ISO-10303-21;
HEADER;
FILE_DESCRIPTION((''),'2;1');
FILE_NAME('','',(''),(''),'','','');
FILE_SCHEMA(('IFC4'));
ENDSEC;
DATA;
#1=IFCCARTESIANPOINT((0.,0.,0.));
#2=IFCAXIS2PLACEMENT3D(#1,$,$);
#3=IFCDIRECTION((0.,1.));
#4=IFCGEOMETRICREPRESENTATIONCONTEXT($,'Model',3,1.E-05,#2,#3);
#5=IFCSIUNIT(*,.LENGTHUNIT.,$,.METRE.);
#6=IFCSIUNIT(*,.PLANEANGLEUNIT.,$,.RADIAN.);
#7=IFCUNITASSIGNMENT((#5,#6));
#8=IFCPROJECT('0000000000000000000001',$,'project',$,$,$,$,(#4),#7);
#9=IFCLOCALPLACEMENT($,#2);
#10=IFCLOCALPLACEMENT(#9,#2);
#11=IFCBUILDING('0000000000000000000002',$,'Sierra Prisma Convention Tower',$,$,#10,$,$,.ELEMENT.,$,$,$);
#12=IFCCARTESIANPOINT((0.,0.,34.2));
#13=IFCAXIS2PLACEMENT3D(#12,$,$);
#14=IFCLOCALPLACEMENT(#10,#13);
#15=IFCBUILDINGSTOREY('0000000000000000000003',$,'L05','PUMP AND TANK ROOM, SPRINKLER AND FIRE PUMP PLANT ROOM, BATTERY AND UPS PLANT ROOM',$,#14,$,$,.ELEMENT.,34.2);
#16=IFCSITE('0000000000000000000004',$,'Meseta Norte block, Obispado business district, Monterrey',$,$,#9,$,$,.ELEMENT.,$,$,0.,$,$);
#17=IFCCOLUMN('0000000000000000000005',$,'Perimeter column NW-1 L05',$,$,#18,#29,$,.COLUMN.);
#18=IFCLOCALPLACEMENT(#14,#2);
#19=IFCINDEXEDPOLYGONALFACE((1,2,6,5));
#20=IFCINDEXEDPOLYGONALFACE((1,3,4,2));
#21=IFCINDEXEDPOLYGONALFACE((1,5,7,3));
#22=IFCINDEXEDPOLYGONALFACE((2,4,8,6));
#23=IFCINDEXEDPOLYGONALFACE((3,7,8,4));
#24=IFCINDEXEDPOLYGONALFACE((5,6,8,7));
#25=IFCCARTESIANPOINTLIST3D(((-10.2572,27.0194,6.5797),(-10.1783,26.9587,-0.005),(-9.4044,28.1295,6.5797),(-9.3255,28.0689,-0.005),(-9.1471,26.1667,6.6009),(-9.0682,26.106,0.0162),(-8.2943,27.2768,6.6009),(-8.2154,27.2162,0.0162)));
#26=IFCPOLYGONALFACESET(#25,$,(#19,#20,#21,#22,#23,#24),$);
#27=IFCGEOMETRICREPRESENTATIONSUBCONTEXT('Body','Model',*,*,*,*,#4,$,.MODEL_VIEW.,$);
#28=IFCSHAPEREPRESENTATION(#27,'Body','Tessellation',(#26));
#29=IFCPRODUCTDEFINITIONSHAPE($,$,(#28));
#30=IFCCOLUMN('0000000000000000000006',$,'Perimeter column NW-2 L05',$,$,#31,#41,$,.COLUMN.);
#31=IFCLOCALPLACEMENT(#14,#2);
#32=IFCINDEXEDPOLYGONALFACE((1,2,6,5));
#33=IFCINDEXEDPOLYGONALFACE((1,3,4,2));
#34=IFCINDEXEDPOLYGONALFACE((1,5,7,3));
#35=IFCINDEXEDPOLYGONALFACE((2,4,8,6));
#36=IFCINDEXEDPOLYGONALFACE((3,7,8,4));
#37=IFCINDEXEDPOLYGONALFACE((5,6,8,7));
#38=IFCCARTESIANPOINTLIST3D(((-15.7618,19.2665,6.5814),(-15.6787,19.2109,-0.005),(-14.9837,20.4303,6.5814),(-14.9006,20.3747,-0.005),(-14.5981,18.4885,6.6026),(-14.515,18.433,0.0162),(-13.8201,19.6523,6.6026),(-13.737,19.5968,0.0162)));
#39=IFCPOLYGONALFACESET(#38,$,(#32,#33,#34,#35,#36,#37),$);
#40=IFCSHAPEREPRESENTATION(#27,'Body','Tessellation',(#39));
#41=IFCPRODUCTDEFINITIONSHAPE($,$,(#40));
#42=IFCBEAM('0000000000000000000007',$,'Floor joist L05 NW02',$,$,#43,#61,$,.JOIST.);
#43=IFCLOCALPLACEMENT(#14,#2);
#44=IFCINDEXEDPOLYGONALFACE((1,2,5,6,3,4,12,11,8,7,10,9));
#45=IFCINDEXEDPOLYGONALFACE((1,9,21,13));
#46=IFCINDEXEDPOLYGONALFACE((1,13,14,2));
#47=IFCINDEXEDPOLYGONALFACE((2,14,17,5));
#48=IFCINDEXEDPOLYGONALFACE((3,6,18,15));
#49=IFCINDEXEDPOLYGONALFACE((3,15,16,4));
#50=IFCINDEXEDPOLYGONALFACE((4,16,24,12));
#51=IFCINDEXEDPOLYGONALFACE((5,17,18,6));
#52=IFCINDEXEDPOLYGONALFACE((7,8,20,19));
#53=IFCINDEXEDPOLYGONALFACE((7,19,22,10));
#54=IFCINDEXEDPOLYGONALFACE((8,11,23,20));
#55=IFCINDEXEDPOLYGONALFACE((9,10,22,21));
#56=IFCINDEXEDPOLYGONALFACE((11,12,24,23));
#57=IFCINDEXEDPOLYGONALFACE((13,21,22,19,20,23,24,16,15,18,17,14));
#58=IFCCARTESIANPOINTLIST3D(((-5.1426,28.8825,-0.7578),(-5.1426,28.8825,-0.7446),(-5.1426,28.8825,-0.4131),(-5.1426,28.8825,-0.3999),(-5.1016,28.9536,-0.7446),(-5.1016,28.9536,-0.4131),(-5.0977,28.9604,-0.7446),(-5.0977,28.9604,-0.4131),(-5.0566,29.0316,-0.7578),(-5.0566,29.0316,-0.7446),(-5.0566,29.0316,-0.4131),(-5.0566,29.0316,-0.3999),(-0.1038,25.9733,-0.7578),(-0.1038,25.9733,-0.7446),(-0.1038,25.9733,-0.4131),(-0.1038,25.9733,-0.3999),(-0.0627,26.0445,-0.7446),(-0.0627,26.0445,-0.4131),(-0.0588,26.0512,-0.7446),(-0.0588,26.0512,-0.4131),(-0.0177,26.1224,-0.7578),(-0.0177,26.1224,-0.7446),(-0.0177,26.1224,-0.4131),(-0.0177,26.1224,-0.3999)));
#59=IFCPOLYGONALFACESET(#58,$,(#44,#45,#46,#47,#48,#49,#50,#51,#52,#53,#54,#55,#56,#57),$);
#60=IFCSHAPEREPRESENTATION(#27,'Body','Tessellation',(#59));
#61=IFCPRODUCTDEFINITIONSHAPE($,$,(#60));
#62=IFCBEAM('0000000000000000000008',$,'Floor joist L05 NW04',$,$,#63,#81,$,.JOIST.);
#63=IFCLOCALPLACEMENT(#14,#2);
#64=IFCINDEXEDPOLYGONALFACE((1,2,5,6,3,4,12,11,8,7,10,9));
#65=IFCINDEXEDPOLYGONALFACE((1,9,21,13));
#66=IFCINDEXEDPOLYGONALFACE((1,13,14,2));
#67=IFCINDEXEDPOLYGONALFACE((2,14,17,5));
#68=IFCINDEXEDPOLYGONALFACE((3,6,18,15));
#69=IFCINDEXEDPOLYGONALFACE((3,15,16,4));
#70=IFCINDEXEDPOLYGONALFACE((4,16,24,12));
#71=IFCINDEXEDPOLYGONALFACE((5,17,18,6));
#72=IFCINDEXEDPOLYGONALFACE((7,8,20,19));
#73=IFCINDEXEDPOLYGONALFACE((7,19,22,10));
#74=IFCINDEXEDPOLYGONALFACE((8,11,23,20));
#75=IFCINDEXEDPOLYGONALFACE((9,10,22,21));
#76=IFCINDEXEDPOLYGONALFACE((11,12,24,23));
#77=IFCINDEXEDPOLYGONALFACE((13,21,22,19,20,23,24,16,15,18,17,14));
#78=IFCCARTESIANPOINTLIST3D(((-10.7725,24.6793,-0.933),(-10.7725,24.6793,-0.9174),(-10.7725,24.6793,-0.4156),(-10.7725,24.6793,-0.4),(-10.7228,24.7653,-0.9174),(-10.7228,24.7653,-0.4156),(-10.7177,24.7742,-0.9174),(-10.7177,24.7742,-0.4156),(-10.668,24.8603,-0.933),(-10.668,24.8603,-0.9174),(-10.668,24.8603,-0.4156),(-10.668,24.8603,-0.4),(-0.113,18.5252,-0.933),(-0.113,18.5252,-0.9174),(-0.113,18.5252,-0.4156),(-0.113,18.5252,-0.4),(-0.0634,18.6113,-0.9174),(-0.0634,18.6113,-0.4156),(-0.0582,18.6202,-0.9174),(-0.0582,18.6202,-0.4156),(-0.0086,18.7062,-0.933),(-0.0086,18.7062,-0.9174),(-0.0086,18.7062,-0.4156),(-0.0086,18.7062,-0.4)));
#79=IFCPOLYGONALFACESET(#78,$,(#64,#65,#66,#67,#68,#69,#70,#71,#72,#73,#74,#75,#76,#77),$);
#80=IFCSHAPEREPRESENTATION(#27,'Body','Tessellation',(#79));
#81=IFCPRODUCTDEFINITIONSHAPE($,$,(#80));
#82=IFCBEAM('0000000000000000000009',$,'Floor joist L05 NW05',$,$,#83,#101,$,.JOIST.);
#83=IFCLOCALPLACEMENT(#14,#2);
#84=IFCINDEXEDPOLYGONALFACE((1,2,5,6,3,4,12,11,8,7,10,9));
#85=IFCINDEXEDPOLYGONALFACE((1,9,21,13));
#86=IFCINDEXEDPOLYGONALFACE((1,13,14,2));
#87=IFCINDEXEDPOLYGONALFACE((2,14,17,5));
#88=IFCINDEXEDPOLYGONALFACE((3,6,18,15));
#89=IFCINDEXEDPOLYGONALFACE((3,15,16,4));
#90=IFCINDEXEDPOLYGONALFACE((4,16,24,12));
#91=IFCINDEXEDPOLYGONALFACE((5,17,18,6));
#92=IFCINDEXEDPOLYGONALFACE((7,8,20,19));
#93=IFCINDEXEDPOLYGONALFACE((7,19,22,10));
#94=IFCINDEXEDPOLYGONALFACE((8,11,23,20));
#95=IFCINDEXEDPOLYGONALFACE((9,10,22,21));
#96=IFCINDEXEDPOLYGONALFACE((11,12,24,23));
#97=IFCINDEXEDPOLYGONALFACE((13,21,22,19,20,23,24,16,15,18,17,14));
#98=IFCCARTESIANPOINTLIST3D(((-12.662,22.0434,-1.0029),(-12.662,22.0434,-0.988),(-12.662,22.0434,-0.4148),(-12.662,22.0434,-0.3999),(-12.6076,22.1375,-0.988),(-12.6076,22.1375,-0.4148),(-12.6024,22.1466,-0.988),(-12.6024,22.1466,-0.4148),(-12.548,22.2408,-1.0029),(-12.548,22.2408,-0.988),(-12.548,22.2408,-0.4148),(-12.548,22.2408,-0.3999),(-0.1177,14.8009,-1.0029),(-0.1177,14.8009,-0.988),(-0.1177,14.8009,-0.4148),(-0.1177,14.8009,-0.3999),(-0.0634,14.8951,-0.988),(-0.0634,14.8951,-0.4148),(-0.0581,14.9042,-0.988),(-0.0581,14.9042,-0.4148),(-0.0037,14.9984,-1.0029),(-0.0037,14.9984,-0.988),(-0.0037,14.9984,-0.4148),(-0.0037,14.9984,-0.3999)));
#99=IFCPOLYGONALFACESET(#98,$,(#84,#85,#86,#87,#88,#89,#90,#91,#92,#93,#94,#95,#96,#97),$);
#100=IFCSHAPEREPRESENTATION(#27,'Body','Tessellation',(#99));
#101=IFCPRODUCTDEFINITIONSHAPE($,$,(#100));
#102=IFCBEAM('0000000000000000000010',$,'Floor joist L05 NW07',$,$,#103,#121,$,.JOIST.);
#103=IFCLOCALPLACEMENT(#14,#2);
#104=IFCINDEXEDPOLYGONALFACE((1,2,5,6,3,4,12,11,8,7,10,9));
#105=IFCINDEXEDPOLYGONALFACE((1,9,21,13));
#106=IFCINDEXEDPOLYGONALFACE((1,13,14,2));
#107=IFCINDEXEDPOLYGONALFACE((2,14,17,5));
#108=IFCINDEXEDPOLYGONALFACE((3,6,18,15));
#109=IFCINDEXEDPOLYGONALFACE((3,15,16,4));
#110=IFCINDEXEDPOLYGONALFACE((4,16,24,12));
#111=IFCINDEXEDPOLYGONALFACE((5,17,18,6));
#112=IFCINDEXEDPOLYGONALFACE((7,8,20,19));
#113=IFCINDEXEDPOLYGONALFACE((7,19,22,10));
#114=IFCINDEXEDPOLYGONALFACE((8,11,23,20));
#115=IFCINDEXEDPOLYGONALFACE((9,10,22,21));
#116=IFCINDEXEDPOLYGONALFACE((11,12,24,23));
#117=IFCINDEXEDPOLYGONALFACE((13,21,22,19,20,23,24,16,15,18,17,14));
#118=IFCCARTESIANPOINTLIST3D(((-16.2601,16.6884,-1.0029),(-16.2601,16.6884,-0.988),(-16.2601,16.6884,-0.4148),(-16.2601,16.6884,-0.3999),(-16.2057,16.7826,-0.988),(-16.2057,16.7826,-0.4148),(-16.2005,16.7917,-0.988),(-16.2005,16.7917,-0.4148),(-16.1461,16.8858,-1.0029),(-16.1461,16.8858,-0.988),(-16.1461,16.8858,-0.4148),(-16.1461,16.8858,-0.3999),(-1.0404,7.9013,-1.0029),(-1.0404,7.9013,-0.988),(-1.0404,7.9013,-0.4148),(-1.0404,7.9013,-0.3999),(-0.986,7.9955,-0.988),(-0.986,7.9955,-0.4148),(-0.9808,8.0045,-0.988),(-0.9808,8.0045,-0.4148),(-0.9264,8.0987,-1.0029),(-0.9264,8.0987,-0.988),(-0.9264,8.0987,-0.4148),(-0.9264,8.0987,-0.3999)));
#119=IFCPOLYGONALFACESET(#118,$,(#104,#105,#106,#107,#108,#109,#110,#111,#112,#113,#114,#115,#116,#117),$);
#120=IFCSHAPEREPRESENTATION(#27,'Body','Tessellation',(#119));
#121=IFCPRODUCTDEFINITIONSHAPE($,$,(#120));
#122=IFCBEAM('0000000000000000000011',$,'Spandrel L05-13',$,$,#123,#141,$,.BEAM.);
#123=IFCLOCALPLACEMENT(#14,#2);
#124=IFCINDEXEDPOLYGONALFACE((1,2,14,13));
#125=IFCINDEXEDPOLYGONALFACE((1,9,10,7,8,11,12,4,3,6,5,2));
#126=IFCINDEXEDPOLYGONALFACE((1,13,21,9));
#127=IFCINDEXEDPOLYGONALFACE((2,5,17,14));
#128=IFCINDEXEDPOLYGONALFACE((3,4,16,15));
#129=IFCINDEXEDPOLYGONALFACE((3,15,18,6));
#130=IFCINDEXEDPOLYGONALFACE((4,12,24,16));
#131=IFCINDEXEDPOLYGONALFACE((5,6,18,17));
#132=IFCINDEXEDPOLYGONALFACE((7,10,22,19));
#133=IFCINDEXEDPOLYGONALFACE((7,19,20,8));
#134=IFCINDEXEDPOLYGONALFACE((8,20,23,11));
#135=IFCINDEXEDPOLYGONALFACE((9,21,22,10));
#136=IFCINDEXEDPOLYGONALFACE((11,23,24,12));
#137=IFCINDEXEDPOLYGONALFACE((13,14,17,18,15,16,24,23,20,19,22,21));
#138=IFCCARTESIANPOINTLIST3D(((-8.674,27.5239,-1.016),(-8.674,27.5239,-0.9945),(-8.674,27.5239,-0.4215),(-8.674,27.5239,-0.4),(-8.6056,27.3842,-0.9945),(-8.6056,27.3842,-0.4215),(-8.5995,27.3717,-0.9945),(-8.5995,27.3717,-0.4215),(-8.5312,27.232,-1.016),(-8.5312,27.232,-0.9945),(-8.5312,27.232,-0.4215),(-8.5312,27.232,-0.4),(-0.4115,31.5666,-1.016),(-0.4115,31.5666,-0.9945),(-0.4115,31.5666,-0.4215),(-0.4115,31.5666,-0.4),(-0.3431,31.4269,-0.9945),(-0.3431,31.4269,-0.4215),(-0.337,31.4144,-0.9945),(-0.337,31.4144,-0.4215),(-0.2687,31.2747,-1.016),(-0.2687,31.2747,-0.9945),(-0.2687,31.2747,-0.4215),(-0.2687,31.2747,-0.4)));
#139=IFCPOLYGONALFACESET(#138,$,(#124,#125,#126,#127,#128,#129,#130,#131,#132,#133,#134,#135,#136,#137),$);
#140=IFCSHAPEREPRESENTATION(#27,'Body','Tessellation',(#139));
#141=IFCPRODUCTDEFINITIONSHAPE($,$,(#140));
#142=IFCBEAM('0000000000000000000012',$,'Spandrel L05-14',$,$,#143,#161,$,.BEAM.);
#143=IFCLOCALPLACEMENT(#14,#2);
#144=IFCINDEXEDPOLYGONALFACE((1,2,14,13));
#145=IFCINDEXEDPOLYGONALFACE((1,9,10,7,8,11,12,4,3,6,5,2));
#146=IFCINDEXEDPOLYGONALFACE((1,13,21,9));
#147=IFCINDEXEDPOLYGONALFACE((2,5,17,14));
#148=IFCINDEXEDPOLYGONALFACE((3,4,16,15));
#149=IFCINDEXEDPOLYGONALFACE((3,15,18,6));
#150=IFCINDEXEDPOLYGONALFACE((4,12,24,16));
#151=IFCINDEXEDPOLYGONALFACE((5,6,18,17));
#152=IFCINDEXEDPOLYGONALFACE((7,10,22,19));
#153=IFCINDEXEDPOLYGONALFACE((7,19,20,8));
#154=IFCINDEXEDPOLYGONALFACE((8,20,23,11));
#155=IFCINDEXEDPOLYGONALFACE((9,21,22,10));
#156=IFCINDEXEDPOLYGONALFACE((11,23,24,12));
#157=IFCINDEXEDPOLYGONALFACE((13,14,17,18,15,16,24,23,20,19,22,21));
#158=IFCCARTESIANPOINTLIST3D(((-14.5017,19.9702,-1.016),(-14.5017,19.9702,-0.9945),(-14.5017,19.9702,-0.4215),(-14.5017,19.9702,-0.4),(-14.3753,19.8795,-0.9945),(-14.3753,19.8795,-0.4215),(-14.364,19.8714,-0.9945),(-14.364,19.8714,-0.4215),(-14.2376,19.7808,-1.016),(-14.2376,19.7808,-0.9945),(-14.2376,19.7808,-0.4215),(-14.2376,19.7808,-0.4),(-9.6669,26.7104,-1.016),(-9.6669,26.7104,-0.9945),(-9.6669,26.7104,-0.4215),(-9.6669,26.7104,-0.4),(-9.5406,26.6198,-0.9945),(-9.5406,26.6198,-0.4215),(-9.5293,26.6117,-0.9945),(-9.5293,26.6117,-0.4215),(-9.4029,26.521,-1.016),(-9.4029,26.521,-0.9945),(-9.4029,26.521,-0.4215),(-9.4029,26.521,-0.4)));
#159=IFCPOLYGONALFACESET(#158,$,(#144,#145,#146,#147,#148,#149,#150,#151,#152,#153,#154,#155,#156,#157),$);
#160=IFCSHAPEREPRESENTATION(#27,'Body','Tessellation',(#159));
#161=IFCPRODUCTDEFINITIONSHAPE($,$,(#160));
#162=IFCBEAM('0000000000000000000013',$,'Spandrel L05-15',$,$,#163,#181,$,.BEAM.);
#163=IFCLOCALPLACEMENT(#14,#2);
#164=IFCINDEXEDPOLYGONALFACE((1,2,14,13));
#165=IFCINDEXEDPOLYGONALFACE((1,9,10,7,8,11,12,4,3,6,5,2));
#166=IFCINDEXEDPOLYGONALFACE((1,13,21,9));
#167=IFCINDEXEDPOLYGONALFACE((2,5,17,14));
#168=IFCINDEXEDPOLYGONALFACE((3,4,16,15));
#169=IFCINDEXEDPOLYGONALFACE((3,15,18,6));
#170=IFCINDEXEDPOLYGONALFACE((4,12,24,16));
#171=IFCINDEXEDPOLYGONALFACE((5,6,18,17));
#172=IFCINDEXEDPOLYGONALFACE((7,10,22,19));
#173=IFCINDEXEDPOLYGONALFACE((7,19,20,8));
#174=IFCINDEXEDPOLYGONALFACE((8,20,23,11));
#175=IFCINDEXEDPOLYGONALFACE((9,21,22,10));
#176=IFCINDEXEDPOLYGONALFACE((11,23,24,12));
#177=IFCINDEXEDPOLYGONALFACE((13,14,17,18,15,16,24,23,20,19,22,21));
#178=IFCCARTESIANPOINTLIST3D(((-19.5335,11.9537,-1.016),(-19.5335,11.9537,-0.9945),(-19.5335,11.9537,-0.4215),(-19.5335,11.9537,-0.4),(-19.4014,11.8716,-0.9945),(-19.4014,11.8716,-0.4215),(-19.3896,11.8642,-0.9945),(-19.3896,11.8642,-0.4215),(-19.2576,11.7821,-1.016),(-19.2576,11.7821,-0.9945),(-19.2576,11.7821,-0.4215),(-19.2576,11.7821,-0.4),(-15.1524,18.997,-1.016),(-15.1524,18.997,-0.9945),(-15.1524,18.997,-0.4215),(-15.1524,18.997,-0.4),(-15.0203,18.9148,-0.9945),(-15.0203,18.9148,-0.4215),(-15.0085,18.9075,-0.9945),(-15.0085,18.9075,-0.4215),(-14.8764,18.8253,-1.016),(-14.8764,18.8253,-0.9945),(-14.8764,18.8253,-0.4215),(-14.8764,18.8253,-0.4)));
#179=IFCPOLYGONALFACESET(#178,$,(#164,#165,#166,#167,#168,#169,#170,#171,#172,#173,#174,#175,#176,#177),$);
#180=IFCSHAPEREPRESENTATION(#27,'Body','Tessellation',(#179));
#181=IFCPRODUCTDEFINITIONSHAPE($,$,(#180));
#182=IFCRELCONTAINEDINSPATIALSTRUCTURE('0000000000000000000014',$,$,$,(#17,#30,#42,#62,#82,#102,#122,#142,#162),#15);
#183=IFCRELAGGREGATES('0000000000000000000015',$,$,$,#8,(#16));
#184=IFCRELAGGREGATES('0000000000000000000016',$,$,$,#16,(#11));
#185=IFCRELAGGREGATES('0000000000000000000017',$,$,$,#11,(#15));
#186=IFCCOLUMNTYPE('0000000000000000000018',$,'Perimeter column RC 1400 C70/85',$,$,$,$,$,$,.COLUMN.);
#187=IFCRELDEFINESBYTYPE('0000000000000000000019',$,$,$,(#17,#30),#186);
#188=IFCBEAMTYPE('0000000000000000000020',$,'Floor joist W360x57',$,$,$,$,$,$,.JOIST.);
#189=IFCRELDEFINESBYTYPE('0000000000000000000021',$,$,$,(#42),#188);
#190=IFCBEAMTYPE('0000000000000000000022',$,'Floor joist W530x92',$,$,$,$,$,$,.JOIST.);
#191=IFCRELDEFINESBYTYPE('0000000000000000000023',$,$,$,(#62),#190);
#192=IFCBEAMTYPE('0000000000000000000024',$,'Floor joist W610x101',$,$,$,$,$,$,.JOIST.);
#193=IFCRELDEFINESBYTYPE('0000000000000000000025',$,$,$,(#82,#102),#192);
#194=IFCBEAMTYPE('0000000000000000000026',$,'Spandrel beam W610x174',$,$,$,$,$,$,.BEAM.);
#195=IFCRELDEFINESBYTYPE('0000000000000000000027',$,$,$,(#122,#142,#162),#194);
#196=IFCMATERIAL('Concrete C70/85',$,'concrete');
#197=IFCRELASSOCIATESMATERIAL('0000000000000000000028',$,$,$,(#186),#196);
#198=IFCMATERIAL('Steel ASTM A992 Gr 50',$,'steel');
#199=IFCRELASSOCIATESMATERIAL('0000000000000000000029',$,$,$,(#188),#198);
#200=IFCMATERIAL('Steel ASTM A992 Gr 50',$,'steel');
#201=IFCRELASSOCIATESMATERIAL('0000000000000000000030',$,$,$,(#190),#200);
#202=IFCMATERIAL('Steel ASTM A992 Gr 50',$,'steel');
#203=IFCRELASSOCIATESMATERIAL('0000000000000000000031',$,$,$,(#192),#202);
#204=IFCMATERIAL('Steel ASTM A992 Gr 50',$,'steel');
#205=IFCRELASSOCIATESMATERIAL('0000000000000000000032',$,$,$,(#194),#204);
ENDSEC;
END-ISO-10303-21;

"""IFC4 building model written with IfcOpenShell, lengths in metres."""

from ifc_helpers import new_model, si_unit, direction, frame, origin, origin_2d, place, context, subcontext, project, spatial, rectangle, i_section, extrude, clip, halfspace, material, material_profile, profile_set, type_object, element, save


model = new_model("IFC4")

# Units and contexts
model_context = context("Model", 3, precision=1e-05, world=origin(), true_north=direction((0.0, 1.0)))
body_context = subcontext(model_context, "Body", "Model", "MODEL_VIEW")
ifc_project = project(units=[si_unit("LENGTHUNIT", "METRE"), si_unit("PLANEANGLEUNIT", "RADIAN")], contexts=[model_context])

# Site, building, storey
site_placement = place(None, origin())
site = spatial("IfcSite", under=ifc_project, at=site_placement, Name="Meseta Norte block, Obispado business district, Monterrey", CompositionType="ELEMENT", RefElevation=0.0)
building_placement = place(site_placement, origin())
building = spatial("IfcBuilding", under=site, at=building_placement, Name="Sierra Prisma Convention Tower", CompositionType="ELEMENT")
storey_placement = place(building_placement, frame((0.0, 0.0, 34.2)))
storey = spatial("IfcBuildingStorey", under=building, at=storey_placement, Name="L05", Description="PUMP AND TANK ROOM, SPRINKLER AND FIRE PUMP PLANT ROOM, BATTERY AND UPS PLANT ROOM", CompositionType="ELEMENT", Elevation=34.2)

# Columns
ifc_material_1 = material(Name="Concrete C70/85", Category="concrete")
ifc_material_profile_1 = material_profile(ifc_material_1, rectangle(XDim=1.3999, YDim=1.3999, at=origin_2d()), Name="Perimeter column RC 1400 C70/85")
ifc_profile_set_1 = profile_set([ifc_material_profile_1], Name="Concrete C70/85")
column_type = type_object("IfcColumnType", Name="Perimeter column RC 1400 C70/85", PredefinedType="COLUMN", material=ifc_profile_set_1)
column_1_placement = place(storey_placement, frame((-9.1968, 27.0874, 0.0), z_axis=(-0.011984, 0.00921, 0.999886), x_axis=(0.609188, 0.793026, -0.000003)))
element("IfcColumn", 1, at=column_1_placement, inside=storey, type_object=column_type, Name="Perimeter column NW-1 L05", PredefinedType="COLUMN", context=body_context, shape_type="SweptSolid", body=[
    clip(clip(extrude(rectangle(XDim=1.3999, YDim=1.3999, at=origin_2d()), origin(), (0.0, 0.0, 1.0), 6.6008), halfspace(frame((0.0, 0.0, 0.0056)), True)), halfspace(frame((0.0, 0.0, 6.5911)), False)),
])
column_2_placement = place(storey_placement, frame((-14.7078, 19.4038, 0.0), z_axis=(-0.012612, 0.008433, 0.999885), x_axis=(0.555773, 0.831334, -0.000001)))
element("IfcColumn", 2, at=column_2_placement, inside=storey, type_object=column_type, Name="Perimeter column NW-2 L05", PredefinedType="COLUMN", context=body_context, shape_type="SweptSolid", body=[
    clip(clip(extrude(rectangle(XDim=1.3999, YDim=1.3999, at=origin_2d()), origin(), (0.0, 0.0, 1.0), 6.6008), halfspace(frame((0.0, 0.0, 0.0056)), True)), halfspace(frame((0.0, 0.0, 6.5928)), False)),
])

# Beams
ifc_material_2 = material(Name="Steel ASTM A992 Gr 50", Category="steel")
ifc_material_profile_2 = material_profile(ifc_material_2, i_section(OverallWidth=0.1721, OverallDepth=0.3579, WebThickness=0.0078, FlangeThickness=0.0132, at=origin_2d()), Name="W360x57")
ifc_profile_set_2 = profile_set([ifc_material_profile_2], Name="Steel ASTM A992 Gr 50")
beam_type_1 = type_object("IfcBeamType", Name="Floor joist W360x57", PredefinedType="JOIST", material=ifc_profile_set_2)
beam_1_placement = place(storey_placement, frame((-5.0996, 28.957, -0.5789), z_axis=(0.866024, -0.500002, 0.0), x_axis=(0.500002, 0.866024, 0.0)))
element("IfcBeam", 3, at=beam_1_placement, inside=storey, type_object=beam_type_1, Name="Floor joist L05 NW02", PredefinedType="JOIST", context=body_context, shape_type="SweptSolid", body=[
    extrude(i_section(OverallWidth=0.1721, OverallDepth=0.3579, WebThickness=0.0078, FlangeThickness=0.0132, at=origin_2d()), origin(), (0.0, 0.0, 1.0), 5.8184),
])
ifc_material_3 = material(Name="Steel ASTM A992 Gr 50", Category="steel")
ifc_material_profile_3 = material_profile(ifc_material_3, i_section(OverallWidth=0.209, OverallDepth=0.533, WebThickness=0.0103, FlangeThickness=0.0156, at=origin_2d()), Name="W530x92")
ifc_profile_set_3 = profile_set([ifc_material_profile_3], Name="Steel ASTM A992 Gr 50")
beam_type_2 = type_object("IfcBeamType", Name="Floor joist W530x92", PredefinedType="JOIST", material=ifc_profile_set_3)
beam_2_placement = place(storey_placement, frame((-10.7202, 24.7698, -0.6665), z_axis=(0.866031, -0.49999, 0.0), x_axis=(0.49999, 0.866031, 0.0)))
element("IfcBeam", 4, at=beam_2_placement, inside=storey, type_object=beam_type_2, Name="Floor joist L05 NW04", PredefinedType="JOIST", context=body_context, shape_type="SweptSolid", body=[
    extrude(i_section(OverallWidth=0.209, OverallDepth=0.533, WebThickness=0.0103, FlangeThickness=0.0156, at=origin_2d()), origin(), (0.0, 0.0, 1.0), 12.3083),
])
ifc_material_4 = material(Name="Steel ASTM A992 Gr 50", Category="steel")
ifc_material_profile_4 = material_profile(ifc_material_4, i_section(OverallWidth=0.228, OverallDepth=0.603, WebThickness=0.0105, FlangeThickness=0.0149, at=origin_2d()), Name="W610x101")
ifc_profile_set_4 = profile_set([ifc_material_profile_4], Name="Steel ASTM A992 Gr 50")
beam_type_3 = type_object("IfcBeamType", Name="Floor joist W610x101", PredefinedType="JOIST", material=ifc_profile_set_4)
beam_3_placement = place(storey_placement, frame((-12.605, 22.1421, -0.7014), z_axis=(0.866024, -0.500002, 0.0), x_axis=(0.500002, 0.866024, 0.0)))
element("IfcBeam", 5, at=beam_3_placement, inside=storey, type_object=beam_type_3, Name="Floor joist L05 NW05", PredefinedType="JOIST", context=body_context, shape_type="SweptSolid", body=[
    extrude(i_section(OverallWidth=0.228, OverallDepth=0.603, WebThickness=0.0105, FlangeThickness=0.0149, at=origin_2d()), origin(), (0.0, 0.0, 1.0), 14.4849),
])
beam_4_placement = place(storey_placement, frame((-16.2031, 16.7871, -0.7014), z_axis=(0.866025, -0.5, 0.0), x_axis=(0.5, 0.866025, 0.0)))
element("IfcBeam", 6, at=beam_4_placement, inside=storey, type_object=beam_type_3, Name="Floor joist L05 NW07", PredefinedType="JOIST", context=body_context, shape_type="SweptSolid", body=[
    extrude(i_section(OverallWidth=0.228, OverallDepth=0.603, WebThickness=0.0105, FlangeThickness=0.0149, at=origin_2d()), origin(), (0.0, 0.0, 1.0), 17.5742),
])
ifc_material_5 = material(Name="Steel ASTM A992 Gr 50", Category="steel")
ifc_material_profile_5 = material_profile(ifc_material_5, i_section(OverallWidth=0.325, OverallDepth=0.616, WebThickness=0.0139, FlangeThickness=0.0215, at=origin_2d()), Name="W610x174")
ifc_profile_set_5 = profile_set([ifc_material_profile_5], Name="Steel ASTM A992 Gr 50")
beam_type_4 = type_object("IfcBeamType", Name="Spandrel beam W610x174", PredefinedType="BEAM", material=ifc_profile_set_5)
beam_5_placement = place(storey_placement, frame((-0.3401, 31.4207, -0.708), z_axis=(-0.898243, -0.4395, 0.0), x_axis=(0.4395, -0.898243, 0.0)))
element("IfcBeam", 7, at=beam_5_placement, inside=storey, type_object=beam_type_4, Name="Spandrel L05-13", PredefinedType="BEAM", context=body_context, shape_type="SweptSolid", body=[
    extrude(i_section(OverallWidth=0.325, OverallDepth=0.616, WebThickness=0.0139, FlangeThickness=0.0215, at=origin_2d()), origin(), (0.0, 0.0, 1.0), 9.1985),
])
beam_6_placement = place(storey_placement, frame((-9.5349, 26.6157, -0.708), z_axis=(-0.582855, -0.812576, 0.0), x_axis=(0.812576, -0.582855, 0.0)))
element("IfcBeam", 8, at=beam_6_placement, inside=storey, type_object=beam_type_4, Name="Spandrel L05-14", PredefinedType="BEAM", context=body_context, shape_type="SweptSolid", body=[
    extrude(i_section(OverallWidth=0.325, OverallDepth=0.616, WebThickness=0.0139, FlangeThickness=0.0215, at=origin_2d()), origin(), (0.0, 0.0, 1.0), 8.2949),
])
beam_7_placement = place(storey_placement, frame((-15.0144, 18.9111, -0.708), z_axis=(-0.528185, -0.849129, 0.0), x_axis=(0.849129, -0.528185, 0.0)))
element("IfcBeam", 9, at=beam_7_placement, inside=storey, type_object=beam_type_4, Name="Spandrel L05-15", PredefinedType="BEAM", context=body_context, shape_type="SweptSolid", body=[
    extrude(i_section(OverallWidth=0.325, OverallDepth=0.616, WebThickness=0.0139, FlangeThickness=0.0215, at=origin_2d()), origin(), (0.0, 0.0, 1.0), 8.2947),
])

save(model, "model.ifc")
